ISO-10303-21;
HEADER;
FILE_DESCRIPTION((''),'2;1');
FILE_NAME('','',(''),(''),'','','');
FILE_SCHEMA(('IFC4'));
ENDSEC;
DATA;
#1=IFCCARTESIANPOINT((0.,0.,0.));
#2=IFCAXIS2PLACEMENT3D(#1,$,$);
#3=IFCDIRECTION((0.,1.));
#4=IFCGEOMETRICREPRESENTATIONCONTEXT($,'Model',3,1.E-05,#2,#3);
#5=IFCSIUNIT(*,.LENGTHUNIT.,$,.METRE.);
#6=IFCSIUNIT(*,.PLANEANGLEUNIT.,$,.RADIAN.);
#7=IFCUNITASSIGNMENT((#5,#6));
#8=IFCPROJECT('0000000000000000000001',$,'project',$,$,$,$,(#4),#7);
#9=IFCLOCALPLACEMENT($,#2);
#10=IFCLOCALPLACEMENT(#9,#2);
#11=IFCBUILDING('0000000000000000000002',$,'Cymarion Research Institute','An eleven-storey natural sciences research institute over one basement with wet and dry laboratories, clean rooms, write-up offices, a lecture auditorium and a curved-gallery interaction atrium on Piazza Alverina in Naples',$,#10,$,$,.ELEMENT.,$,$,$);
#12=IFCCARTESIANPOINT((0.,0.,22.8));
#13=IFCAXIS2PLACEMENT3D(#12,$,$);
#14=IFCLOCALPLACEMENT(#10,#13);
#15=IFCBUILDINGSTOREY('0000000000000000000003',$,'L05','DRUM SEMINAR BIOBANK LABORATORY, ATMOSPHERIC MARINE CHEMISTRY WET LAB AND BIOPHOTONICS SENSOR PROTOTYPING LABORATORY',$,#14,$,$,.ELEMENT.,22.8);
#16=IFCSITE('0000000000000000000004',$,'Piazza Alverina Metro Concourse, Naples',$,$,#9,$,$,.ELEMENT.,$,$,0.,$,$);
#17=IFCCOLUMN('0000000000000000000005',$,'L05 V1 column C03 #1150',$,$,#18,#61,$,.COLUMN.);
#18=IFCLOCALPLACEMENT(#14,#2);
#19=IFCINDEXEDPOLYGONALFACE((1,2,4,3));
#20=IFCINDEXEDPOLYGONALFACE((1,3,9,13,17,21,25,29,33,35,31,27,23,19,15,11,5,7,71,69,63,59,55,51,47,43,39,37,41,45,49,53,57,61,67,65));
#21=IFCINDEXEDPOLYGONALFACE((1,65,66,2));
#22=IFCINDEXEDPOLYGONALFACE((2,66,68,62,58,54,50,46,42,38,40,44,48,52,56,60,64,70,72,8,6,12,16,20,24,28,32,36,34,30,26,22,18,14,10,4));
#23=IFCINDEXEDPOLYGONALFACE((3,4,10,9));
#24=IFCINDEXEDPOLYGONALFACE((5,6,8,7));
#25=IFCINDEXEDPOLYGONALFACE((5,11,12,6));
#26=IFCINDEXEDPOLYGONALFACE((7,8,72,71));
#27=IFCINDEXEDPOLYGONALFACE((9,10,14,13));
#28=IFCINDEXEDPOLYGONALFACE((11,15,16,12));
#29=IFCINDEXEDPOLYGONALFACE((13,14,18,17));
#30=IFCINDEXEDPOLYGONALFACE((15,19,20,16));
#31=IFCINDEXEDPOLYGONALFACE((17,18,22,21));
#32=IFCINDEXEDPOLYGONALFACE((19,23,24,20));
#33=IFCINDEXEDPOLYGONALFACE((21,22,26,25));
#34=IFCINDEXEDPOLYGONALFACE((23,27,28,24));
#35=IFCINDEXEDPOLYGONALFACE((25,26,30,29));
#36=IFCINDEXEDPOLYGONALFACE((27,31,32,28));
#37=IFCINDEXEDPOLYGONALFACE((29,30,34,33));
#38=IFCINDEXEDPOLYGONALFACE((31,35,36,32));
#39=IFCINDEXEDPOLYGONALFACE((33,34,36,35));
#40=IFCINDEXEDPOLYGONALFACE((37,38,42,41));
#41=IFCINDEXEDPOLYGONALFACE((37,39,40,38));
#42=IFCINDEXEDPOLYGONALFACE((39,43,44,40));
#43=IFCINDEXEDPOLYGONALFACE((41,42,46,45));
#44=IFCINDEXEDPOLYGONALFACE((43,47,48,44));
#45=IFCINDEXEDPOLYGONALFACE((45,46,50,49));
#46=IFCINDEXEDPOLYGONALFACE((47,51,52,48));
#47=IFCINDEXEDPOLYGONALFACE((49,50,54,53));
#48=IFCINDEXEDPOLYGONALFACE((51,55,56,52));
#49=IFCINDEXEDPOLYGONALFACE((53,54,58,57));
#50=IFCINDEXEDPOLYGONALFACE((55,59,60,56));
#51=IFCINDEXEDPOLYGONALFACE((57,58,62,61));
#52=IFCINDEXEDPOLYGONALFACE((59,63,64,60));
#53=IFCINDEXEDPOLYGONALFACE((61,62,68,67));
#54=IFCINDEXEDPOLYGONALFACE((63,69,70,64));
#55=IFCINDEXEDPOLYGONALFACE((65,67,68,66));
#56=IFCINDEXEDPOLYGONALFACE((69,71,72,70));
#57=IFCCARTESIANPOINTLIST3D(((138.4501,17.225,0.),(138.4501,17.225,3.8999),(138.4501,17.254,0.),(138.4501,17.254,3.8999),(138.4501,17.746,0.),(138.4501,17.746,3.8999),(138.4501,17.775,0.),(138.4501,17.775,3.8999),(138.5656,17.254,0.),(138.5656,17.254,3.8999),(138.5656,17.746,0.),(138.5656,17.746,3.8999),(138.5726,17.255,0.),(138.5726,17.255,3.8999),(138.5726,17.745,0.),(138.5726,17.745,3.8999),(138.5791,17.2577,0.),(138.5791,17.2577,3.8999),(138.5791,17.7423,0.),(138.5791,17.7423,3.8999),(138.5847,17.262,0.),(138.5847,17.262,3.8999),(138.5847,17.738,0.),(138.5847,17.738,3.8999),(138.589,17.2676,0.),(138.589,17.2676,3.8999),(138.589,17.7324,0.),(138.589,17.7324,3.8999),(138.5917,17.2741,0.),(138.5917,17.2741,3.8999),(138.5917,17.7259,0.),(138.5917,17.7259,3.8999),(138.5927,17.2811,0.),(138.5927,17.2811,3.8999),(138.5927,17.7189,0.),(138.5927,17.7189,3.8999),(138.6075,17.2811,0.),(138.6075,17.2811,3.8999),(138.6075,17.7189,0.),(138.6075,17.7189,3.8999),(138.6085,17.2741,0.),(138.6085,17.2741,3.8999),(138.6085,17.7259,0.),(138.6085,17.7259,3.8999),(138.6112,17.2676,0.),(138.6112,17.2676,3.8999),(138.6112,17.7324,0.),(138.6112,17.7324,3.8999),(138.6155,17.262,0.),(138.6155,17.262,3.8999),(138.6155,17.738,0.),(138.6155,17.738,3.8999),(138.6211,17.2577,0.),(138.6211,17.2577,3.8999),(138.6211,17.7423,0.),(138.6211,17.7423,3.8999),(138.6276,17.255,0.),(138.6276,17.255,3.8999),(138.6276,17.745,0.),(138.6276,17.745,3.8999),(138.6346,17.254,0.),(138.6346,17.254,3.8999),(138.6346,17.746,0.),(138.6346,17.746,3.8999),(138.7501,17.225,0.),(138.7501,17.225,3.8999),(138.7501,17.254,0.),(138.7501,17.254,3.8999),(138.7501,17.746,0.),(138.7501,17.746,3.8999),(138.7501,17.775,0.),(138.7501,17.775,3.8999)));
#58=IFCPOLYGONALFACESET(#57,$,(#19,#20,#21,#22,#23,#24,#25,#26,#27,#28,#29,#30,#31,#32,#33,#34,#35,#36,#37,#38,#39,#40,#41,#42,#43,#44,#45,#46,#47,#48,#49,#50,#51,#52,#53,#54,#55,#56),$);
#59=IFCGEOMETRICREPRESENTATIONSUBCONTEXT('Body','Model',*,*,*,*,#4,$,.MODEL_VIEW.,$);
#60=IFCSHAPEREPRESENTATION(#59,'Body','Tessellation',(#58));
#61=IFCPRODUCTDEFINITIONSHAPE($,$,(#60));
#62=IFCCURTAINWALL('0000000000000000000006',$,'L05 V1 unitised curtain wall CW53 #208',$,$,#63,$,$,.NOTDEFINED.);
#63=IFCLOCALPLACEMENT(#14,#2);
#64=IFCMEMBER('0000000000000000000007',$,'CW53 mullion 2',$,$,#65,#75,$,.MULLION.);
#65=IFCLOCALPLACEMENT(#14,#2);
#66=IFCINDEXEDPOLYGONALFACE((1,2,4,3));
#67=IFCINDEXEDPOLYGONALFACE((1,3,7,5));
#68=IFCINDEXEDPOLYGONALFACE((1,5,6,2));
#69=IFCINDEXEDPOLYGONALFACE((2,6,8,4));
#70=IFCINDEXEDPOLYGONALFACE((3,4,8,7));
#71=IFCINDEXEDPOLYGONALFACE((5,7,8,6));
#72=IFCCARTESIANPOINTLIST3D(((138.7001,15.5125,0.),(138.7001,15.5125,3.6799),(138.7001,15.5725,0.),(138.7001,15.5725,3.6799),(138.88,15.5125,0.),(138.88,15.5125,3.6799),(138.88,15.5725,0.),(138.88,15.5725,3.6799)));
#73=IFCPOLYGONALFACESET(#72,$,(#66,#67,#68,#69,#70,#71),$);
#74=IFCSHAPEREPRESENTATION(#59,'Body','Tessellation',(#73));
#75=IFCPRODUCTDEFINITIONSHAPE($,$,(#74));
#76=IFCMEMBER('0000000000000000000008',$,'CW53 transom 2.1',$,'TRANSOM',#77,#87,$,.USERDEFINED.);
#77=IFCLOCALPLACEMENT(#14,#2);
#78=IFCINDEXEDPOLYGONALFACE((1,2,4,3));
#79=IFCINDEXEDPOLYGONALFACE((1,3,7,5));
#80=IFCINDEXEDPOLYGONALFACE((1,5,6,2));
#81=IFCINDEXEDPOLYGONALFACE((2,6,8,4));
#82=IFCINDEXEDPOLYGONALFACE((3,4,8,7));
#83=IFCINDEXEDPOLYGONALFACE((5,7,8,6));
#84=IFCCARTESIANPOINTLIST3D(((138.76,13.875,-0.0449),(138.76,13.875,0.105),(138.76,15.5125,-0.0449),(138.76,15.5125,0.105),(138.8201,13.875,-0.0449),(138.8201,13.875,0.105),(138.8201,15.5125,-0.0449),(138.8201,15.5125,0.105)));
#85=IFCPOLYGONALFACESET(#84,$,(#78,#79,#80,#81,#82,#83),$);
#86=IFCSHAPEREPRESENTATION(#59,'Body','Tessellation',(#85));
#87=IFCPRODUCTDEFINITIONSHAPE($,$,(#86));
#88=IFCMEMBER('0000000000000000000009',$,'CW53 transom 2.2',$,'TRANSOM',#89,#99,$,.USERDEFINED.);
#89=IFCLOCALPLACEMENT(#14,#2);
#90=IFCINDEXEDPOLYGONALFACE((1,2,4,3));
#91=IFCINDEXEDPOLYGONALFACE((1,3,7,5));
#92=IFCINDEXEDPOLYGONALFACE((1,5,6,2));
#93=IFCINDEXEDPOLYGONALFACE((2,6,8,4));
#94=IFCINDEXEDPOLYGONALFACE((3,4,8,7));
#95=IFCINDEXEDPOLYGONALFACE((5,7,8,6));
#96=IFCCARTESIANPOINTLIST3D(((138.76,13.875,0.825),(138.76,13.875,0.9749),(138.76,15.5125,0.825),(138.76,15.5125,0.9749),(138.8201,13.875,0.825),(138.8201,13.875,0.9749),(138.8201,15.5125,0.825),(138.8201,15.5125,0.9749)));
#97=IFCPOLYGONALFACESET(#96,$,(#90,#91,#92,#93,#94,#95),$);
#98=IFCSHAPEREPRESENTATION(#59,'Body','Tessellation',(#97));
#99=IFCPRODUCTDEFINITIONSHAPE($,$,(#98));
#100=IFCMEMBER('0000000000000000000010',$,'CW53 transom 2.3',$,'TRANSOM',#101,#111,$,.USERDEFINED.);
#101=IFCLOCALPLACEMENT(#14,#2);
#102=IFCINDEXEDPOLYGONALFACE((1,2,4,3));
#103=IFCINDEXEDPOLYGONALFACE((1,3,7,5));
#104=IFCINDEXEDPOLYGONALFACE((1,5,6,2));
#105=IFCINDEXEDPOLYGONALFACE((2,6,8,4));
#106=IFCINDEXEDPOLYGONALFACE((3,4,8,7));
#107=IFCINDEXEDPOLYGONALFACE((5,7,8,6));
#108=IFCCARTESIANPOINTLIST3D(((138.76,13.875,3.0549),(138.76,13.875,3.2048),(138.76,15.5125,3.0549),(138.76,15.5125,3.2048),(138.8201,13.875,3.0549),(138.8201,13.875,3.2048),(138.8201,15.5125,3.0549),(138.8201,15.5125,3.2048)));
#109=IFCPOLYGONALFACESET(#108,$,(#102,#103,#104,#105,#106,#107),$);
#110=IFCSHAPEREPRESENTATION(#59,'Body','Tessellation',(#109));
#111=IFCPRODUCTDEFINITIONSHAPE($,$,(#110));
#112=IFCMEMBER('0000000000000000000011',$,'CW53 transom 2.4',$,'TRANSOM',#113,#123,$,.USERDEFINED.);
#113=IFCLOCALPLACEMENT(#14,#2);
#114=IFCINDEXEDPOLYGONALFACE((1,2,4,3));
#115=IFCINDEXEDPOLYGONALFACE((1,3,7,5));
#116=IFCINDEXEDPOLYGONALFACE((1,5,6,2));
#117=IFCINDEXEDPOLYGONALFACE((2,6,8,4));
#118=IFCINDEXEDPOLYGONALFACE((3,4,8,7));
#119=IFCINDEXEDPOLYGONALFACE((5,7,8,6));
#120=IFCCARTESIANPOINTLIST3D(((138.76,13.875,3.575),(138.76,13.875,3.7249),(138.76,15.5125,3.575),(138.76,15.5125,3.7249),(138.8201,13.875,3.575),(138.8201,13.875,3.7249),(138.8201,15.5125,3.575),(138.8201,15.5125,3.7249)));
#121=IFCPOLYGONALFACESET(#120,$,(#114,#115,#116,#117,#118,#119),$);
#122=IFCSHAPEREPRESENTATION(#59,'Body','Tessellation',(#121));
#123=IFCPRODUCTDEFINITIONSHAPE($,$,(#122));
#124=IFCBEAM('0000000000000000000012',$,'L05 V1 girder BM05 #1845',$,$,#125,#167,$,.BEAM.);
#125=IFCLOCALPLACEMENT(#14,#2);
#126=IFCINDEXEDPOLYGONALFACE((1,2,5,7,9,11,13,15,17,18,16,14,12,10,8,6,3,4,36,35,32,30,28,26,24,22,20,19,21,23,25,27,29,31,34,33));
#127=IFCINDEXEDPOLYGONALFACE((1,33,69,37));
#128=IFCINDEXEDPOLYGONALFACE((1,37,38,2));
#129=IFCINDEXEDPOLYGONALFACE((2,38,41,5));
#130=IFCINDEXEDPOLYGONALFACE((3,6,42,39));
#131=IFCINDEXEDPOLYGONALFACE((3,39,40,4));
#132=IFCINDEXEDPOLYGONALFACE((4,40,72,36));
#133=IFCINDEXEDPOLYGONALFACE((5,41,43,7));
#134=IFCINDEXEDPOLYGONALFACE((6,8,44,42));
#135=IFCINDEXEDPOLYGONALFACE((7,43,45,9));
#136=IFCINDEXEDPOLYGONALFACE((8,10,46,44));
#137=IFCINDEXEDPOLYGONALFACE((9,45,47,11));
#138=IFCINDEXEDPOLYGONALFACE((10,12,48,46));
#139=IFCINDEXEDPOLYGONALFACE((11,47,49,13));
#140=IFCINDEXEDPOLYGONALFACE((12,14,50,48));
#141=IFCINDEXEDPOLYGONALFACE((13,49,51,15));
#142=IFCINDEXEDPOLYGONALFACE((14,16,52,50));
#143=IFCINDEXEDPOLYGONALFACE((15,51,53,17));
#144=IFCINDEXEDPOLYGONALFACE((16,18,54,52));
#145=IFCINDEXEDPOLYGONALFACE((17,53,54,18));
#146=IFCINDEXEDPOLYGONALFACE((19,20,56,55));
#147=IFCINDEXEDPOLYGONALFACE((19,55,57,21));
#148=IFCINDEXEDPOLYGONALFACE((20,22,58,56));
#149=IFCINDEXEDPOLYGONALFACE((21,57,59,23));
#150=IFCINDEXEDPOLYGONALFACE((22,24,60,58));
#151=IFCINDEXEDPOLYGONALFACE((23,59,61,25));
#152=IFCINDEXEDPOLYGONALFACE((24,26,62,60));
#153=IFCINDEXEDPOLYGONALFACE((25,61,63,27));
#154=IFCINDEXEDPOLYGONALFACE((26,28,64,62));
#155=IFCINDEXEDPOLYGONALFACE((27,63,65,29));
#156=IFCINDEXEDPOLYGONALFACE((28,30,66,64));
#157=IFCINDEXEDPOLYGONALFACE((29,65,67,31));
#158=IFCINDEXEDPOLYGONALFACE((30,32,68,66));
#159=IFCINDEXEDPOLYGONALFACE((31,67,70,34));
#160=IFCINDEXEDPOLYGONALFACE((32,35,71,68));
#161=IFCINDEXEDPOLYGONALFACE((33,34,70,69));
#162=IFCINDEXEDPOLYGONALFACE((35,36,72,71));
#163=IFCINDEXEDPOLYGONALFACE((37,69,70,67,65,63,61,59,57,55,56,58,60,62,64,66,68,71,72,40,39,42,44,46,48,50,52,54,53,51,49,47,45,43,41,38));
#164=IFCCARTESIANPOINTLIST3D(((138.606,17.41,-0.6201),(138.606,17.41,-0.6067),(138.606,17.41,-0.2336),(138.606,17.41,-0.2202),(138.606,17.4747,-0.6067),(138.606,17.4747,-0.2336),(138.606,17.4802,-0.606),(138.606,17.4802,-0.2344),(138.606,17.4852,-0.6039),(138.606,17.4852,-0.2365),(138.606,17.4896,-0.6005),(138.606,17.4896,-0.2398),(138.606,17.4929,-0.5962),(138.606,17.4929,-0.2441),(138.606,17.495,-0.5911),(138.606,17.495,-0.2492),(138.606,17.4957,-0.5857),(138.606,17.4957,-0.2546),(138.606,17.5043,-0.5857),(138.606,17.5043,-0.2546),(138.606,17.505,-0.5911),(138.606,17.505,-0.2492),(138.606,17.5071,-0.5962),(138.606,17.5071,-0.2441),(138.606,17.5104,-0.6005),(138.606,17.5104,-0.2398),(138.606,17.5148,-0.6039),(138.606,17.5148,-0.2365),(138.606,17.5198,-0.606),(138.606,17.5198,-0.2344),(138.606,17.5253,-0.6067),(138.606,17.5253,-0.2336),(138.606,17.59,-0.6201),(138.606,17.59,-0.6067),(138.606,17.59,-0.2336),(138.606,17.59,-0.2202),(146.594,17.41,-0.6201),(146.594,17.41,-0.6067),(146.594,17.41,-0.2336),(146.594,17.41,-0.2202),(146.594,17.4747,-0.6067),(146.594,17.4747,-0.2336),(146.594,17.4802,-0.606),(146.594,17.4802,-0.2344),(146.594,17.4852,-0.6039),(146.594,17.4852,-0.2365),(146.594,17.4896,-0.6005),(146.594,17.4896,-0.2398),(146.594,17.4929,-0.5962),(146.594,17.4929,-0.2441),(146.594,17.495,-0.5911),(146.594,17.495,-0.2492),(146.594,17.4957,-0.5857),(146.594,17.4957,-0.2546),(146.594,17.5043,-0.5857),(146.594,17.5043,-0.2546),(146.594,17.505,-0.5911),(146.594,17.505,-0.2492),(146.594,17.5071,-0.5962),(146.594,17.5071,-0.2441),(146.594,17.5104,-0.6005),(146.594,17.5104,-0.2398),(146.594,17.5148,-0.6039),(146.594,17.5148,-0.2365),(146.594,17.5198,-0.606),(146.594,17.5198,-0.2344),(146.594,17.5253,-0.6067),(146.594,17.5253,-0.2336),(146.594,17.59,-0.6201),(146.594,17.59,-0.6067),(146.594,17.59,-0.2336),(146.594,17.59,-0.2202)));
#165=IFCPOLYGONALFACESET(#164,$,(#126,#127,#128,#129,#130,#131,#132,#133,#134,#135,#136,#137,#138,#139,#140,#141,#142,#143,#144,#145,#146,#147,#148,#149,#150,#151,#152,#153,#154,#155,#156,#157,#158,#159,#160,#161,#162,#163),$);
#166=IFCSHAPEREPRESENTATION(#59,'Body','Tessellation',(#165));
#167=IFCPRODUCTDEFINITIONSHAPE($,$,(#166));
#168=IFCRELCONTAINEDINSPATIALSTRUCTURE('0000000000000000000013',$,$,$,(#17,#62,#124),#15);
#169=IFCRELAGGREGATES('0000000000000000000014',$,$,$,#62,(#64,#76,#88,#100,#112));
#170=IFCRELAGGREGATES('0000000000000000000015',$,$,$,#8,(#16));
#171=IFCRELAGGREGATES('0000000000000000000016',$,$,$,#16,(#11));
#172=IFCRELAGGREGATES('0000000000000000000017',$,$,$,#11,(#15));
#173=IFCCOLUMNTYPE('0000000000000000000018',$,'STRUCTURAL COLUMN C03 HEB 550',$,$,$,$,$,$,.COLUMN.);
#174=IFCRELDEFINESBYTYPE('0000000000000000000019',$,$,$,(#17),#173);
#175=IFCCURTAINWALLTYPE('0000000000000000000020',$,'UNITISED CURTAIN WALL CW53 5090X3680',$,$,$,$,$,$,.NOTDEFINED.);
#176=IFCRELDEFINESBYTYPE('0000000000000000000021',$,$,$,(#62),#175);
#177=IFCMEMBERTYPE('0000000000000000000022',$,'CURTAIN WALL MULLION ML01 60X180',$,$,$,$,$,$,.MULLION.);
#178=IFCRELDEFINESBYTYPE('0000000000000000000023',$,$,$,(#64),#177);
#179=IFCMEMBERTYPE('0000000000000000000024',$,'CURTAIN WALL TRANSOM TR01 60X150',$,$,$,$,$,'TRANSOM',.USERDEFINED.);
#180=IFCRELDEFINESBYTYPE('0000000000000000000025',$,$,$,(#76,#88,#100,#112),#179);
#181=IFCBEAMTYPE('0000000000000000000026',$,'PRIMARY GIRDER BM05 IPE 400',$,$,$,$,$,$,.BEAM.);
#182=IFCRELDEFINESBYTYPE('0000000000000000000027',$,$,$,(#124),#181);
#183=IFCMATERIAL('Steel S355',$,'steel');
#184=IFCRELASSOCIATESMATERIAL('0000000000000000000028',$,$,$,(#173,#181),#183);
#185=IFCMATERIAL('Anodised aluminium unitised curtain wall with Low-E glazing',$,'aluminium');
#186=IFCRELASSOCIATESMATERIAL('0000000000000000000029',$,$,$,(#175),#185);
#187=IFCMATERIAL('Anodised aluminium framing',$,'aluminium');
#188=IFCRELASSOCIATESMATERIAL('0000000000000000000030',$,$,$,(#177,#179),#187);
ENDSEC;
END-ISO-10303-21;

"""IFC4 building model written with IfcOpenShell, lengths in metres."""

from ifc_helpers import new_model, si_unit, direction, frame, origin, origin_2d, place, context, subcontext, project, spatial, rectangle, i_section, extrude, material, material_profile, profile_set, type_object, element, aggregate, save


model = new_model("IFC4")

# Units and contexts
model_context = context("Model", 3, precision=1e-05, world=origin(), true_north=direction((0.0, 1.0)))
body_context = subcontext(model_context, "Body", "Model", "MODEL_VIEW")
ifc_project = project(units=[si_unit("LENGTHUNIT", "METRE"), si_unit("PLANEANGLEUNIT", "RADIAN")], contexts=[model_context])

# Site, building, storey
site_placement = place(None, origin())
site = spatial("IfcSite", under=ifc_project, at=site_placement, Name="Piazza Alverina Metro Concourse, Naples", CompositionType="ELEMENT", RefElevation=0.0)
building_placement = place(site_placement, origin())
building = spatial("IfcBuilding", under=site, at=building_placement, Name="Cymarion Research Institute", Description="An eleven-storey natural sciences research institute over one basement with wet and dry laboratories, clean rooms, write-up offices, a lecture auditorium and a curved-gallery interaction atrium on Piazza Alverina in Naples", CompositionType="ELEMENT")
storey_placement = place(building_placement, frame((0.0, 0.0, 22.8)))
storey = spatial("IfcBuildingStorey", under=building, at=storey_placement, Name="L05", Description="DRUM SEMINAR BIOBANK LABORATORY, ATMOSPHERIC MARINE CHEMISTRY WET LAB AND BIOPHOTONICS SENSOR PROTOTYPING LABORATORY", CompositionType="ELEMENT", Elevation=22.8)

# Column
ifc_material_1 = material(Name="Steel S355", Category="steel")
ifc_material_profile_1 = material_profile(ifc_material_1, i_section(OverallWidth=0.3, OverallDepth=0.55, WebThickness=0.0149, FlangeThickness=0.0291, FilletRadius=0.0271, at=origin_2d()), Name="HEB 550")
ifc_profile_set_1 = profile_set([ifc_material_profile_1], Name="Steel S355")
column_type = type_object("IfcColumnType", Name="STRUCTURAL COLUMN C03 HEB 550", PredefinedType="COLUMN", material=ifc_profile_set_1)
column_placement = place(storey_placement, frame((138.6001, 17.5, 0.0), z_axis=(0.0, 0.0, 1.0), x_axis=(1.0, 0.0, 0.0)))
element("IfcColumn", 1, at=column_placement, inside=storey, type_object=column_type, Name="L05 V1 column C03 #1150", PredefinedType="COLUMN", context=body_context, shape_type="SweptSolid", body=[
    extrude(i_section(OverallWidth=0.3, OverallDepth=0.55, WebThickness=0.0149, FlangeThickness=0.0291, FilletRadius=0.0271, at=origin_2d()), origin(), (0.0, 0.0, 1.0), 3.8999),
])

# Curtain wall, members
ifc_material_2 = material(Name="Anodised aluminium unitised curtain wall with Low-E glazing", Category="aluminium")
curtain_wall_type = type_object("IfcCurtainWallType", Name="UNITISED CURTAIN WALL CW53 5090X3680", PredefinedType="NOTDEFINED", material=ifc_material_2)
curtain_wall_placement = place(storey_placement, origin())
curtain_wall = element("IfcCurtainWall", 2, at=curtain_wall_placement, inside=storey, type_object=curtain_wall_type, Name="L05 V1 unitised curtain wall CW53 #208", PredefinedType="NOTDEFINED")
ifc_material_3 = material(Name="Anodised aluminium framing", Category="aluminium")
ifc_material_profile_2 = material_profile(ifc_material_3, rectangle(XDim=0.0601, YDim=0.1799, at=origin_2d()), Name="ALU MULLION 60x180")
ifc_profile_set_2 = profile_set([ifc_material_profile_2], Name="Anodised aluminium framing")
member_type_1 = type_object("IfcMemberType", Name="CURTAIN WALL MULLION ML01 60X180", PredefinedType="MULLION", material=ifc_profile_set_2)
member_1_placement = place(storey_placement, frame((138.79, 15.5425, 0.0), z_axis=(0.0, 0.0, 1.0), x_axis=(0.0, -1.0, 0.0)))
member_1 = element("IfcMember", 3, at=member_1_placement, type_object=member_type_1, Name="CW53 mullion 2", PredefinedType="MULLION", context=body_context, shape_type="SweptSolid", body=[
    extrude(rectangle(XDim=0.0601, YDim=0.1799, at=origin_2d()), origin(), (0.0, 0.0, 1.0), 3.6799),
])
ifc_material_profile_3 = material_profile(ifc_material_3, rectangle(XDim=0.0601, YDim=0.1499, at=origin_2d()), Name="ALU TRANSOM 60x150")
ifc_profile_set_3 = profile_set([ifc_material_profile_3], Name="Anodised aluminium framing")
member_type_2 = type_object("IfcMemberType", Name="CURTAIN WALL TRANSOM TR01 60X150", ElementType="TRANSOM", PredefinedType="USERDEFINED", material=ifc_profile_set_3)
member_2_placement = place(storey_placement, frame((138.79, 15.5125, 0.03), z_axis=(0.0, -1.0, 0.0), x_axis=(1.0, 0.0, 0.0)))
member_2 = element("IfcMember", 4, at=member_2_placement, type_object=member_type_2, Name="CW53 transom 2.1", ObjectType="TRANSOM", PredefinedType="USERDEFINED", context=body_context, shape_type="SweptSolid", body=[
    extrude(rectangle(XDim=0.0601, YDim=0.1499, at=origin_2d()), origin(), (0.0, 0.0, 1.0), 1.6375),
])
member_3_placement = place(storey_placement, frame((138.79, 15.5125, 0.8999), z_axis=(0.0, -1.0, 0.0), x_axis=(1.0, 0.0, 0.0)))
member_3 = element("IfcMember", 5, at=member_3_placement, type_object=member_type_2, Name="CW53 transom 2.2", ObjectType="TRANSOM", PredefinedType="USERDEFINED", context=body_context, shape_type="SweptSolid", body=[
    extrude(rectangle(XDim=0.0601, YDim=0.1499, at=origin_2d()), origin(), (0.0, 0.0, 1.0), 1.6375),
])
member_4_placement = place(storey_placement, frame((138.79, 15.5125, 3.1299), z_axis=(0.0, -1.0, 0.0), x_axis=(1.0, 0.0, 0.0)))
member_4 = element("IfcMember", 6, at=member_4_placement, type_object=member_type_2, Name="CW53 transom 2.3", ObjectType="TRANSOM", PredefinedType="USERDEFINED", context=body_context, shape_type="SweptSolid", body=[
    extrude(rectangle(XDim=0.0601, YDim=0.1499, at=origin_2d()), origin(), (0.0, 0.0, 1.0), 1.6375),
])
member_5_placement = place(storey_placement, frame((138.79, 15.5125, 3.6499), z_axis=(0.0, -1.0, 0.0), x_axis=(1.0, 0.0, 0.0)))
member_5 = element("IfcMember", 7, at=member_5_placement, type_object=member_type_2, Name="CW53 transom 2.4", ObjectType="TRANSOM", PredefinedType="USERDEFINED", context=body_context, shape_type="SweptSolid", body=[
    extrude(rectangle(XDim=0.0601, YDim=0.1499, at=origin_2d()), origin(), (0.0, 0.0, 1.0), 1.6375),
])
aggregate(curtain_wall, [member_1, member_2, member_3, member_4, member_5])

# Beam
ifc_material_profile_4 = material_profile(ifc_material_1, i_section(OverallWidth=0.1799, OverallDepth=0.3999, WebThickness=0.0085, FlangeThickness=0.0134, FilletRadius=0.021, at=origin_2d()), Name="IPE 400")
ifc_profile_set_4 = profile_set([ifc_material_profile_4], Name="Steel S355")
beam_type_1 = type_object("IfcBeamType", Name="PRIMARY GIRDER BM05 IPE 400", PredefinedType="BEAM", material=ifc_profile_set_4)
beam_1_placement = place(storey_placement, frame((138.606, 17.5, -0.4202), z_axis=(1.0, 0.0, 0.0), x_axis=(0.0, 1.0, 0.0)))
element("IfcBeam", 8, at=beam_1_placement, inside=storey, type_object=beam_type_1, Name="L05 V1 girder BM05 #1845", PredefinedType="BEAM", context=body_context, shape_type="SweptSolid", body=[
    extrude(i_section(OverallWidth=0.1799, OverallDepth=0.3999, WebThickness=0.0085, FlangeThickness=0.0134, FilletRadius=0.021, at=origin_2d()), origin(), (0.0, 0.0, 1.0), 7.988),
])

save(model, "model.ifc")
